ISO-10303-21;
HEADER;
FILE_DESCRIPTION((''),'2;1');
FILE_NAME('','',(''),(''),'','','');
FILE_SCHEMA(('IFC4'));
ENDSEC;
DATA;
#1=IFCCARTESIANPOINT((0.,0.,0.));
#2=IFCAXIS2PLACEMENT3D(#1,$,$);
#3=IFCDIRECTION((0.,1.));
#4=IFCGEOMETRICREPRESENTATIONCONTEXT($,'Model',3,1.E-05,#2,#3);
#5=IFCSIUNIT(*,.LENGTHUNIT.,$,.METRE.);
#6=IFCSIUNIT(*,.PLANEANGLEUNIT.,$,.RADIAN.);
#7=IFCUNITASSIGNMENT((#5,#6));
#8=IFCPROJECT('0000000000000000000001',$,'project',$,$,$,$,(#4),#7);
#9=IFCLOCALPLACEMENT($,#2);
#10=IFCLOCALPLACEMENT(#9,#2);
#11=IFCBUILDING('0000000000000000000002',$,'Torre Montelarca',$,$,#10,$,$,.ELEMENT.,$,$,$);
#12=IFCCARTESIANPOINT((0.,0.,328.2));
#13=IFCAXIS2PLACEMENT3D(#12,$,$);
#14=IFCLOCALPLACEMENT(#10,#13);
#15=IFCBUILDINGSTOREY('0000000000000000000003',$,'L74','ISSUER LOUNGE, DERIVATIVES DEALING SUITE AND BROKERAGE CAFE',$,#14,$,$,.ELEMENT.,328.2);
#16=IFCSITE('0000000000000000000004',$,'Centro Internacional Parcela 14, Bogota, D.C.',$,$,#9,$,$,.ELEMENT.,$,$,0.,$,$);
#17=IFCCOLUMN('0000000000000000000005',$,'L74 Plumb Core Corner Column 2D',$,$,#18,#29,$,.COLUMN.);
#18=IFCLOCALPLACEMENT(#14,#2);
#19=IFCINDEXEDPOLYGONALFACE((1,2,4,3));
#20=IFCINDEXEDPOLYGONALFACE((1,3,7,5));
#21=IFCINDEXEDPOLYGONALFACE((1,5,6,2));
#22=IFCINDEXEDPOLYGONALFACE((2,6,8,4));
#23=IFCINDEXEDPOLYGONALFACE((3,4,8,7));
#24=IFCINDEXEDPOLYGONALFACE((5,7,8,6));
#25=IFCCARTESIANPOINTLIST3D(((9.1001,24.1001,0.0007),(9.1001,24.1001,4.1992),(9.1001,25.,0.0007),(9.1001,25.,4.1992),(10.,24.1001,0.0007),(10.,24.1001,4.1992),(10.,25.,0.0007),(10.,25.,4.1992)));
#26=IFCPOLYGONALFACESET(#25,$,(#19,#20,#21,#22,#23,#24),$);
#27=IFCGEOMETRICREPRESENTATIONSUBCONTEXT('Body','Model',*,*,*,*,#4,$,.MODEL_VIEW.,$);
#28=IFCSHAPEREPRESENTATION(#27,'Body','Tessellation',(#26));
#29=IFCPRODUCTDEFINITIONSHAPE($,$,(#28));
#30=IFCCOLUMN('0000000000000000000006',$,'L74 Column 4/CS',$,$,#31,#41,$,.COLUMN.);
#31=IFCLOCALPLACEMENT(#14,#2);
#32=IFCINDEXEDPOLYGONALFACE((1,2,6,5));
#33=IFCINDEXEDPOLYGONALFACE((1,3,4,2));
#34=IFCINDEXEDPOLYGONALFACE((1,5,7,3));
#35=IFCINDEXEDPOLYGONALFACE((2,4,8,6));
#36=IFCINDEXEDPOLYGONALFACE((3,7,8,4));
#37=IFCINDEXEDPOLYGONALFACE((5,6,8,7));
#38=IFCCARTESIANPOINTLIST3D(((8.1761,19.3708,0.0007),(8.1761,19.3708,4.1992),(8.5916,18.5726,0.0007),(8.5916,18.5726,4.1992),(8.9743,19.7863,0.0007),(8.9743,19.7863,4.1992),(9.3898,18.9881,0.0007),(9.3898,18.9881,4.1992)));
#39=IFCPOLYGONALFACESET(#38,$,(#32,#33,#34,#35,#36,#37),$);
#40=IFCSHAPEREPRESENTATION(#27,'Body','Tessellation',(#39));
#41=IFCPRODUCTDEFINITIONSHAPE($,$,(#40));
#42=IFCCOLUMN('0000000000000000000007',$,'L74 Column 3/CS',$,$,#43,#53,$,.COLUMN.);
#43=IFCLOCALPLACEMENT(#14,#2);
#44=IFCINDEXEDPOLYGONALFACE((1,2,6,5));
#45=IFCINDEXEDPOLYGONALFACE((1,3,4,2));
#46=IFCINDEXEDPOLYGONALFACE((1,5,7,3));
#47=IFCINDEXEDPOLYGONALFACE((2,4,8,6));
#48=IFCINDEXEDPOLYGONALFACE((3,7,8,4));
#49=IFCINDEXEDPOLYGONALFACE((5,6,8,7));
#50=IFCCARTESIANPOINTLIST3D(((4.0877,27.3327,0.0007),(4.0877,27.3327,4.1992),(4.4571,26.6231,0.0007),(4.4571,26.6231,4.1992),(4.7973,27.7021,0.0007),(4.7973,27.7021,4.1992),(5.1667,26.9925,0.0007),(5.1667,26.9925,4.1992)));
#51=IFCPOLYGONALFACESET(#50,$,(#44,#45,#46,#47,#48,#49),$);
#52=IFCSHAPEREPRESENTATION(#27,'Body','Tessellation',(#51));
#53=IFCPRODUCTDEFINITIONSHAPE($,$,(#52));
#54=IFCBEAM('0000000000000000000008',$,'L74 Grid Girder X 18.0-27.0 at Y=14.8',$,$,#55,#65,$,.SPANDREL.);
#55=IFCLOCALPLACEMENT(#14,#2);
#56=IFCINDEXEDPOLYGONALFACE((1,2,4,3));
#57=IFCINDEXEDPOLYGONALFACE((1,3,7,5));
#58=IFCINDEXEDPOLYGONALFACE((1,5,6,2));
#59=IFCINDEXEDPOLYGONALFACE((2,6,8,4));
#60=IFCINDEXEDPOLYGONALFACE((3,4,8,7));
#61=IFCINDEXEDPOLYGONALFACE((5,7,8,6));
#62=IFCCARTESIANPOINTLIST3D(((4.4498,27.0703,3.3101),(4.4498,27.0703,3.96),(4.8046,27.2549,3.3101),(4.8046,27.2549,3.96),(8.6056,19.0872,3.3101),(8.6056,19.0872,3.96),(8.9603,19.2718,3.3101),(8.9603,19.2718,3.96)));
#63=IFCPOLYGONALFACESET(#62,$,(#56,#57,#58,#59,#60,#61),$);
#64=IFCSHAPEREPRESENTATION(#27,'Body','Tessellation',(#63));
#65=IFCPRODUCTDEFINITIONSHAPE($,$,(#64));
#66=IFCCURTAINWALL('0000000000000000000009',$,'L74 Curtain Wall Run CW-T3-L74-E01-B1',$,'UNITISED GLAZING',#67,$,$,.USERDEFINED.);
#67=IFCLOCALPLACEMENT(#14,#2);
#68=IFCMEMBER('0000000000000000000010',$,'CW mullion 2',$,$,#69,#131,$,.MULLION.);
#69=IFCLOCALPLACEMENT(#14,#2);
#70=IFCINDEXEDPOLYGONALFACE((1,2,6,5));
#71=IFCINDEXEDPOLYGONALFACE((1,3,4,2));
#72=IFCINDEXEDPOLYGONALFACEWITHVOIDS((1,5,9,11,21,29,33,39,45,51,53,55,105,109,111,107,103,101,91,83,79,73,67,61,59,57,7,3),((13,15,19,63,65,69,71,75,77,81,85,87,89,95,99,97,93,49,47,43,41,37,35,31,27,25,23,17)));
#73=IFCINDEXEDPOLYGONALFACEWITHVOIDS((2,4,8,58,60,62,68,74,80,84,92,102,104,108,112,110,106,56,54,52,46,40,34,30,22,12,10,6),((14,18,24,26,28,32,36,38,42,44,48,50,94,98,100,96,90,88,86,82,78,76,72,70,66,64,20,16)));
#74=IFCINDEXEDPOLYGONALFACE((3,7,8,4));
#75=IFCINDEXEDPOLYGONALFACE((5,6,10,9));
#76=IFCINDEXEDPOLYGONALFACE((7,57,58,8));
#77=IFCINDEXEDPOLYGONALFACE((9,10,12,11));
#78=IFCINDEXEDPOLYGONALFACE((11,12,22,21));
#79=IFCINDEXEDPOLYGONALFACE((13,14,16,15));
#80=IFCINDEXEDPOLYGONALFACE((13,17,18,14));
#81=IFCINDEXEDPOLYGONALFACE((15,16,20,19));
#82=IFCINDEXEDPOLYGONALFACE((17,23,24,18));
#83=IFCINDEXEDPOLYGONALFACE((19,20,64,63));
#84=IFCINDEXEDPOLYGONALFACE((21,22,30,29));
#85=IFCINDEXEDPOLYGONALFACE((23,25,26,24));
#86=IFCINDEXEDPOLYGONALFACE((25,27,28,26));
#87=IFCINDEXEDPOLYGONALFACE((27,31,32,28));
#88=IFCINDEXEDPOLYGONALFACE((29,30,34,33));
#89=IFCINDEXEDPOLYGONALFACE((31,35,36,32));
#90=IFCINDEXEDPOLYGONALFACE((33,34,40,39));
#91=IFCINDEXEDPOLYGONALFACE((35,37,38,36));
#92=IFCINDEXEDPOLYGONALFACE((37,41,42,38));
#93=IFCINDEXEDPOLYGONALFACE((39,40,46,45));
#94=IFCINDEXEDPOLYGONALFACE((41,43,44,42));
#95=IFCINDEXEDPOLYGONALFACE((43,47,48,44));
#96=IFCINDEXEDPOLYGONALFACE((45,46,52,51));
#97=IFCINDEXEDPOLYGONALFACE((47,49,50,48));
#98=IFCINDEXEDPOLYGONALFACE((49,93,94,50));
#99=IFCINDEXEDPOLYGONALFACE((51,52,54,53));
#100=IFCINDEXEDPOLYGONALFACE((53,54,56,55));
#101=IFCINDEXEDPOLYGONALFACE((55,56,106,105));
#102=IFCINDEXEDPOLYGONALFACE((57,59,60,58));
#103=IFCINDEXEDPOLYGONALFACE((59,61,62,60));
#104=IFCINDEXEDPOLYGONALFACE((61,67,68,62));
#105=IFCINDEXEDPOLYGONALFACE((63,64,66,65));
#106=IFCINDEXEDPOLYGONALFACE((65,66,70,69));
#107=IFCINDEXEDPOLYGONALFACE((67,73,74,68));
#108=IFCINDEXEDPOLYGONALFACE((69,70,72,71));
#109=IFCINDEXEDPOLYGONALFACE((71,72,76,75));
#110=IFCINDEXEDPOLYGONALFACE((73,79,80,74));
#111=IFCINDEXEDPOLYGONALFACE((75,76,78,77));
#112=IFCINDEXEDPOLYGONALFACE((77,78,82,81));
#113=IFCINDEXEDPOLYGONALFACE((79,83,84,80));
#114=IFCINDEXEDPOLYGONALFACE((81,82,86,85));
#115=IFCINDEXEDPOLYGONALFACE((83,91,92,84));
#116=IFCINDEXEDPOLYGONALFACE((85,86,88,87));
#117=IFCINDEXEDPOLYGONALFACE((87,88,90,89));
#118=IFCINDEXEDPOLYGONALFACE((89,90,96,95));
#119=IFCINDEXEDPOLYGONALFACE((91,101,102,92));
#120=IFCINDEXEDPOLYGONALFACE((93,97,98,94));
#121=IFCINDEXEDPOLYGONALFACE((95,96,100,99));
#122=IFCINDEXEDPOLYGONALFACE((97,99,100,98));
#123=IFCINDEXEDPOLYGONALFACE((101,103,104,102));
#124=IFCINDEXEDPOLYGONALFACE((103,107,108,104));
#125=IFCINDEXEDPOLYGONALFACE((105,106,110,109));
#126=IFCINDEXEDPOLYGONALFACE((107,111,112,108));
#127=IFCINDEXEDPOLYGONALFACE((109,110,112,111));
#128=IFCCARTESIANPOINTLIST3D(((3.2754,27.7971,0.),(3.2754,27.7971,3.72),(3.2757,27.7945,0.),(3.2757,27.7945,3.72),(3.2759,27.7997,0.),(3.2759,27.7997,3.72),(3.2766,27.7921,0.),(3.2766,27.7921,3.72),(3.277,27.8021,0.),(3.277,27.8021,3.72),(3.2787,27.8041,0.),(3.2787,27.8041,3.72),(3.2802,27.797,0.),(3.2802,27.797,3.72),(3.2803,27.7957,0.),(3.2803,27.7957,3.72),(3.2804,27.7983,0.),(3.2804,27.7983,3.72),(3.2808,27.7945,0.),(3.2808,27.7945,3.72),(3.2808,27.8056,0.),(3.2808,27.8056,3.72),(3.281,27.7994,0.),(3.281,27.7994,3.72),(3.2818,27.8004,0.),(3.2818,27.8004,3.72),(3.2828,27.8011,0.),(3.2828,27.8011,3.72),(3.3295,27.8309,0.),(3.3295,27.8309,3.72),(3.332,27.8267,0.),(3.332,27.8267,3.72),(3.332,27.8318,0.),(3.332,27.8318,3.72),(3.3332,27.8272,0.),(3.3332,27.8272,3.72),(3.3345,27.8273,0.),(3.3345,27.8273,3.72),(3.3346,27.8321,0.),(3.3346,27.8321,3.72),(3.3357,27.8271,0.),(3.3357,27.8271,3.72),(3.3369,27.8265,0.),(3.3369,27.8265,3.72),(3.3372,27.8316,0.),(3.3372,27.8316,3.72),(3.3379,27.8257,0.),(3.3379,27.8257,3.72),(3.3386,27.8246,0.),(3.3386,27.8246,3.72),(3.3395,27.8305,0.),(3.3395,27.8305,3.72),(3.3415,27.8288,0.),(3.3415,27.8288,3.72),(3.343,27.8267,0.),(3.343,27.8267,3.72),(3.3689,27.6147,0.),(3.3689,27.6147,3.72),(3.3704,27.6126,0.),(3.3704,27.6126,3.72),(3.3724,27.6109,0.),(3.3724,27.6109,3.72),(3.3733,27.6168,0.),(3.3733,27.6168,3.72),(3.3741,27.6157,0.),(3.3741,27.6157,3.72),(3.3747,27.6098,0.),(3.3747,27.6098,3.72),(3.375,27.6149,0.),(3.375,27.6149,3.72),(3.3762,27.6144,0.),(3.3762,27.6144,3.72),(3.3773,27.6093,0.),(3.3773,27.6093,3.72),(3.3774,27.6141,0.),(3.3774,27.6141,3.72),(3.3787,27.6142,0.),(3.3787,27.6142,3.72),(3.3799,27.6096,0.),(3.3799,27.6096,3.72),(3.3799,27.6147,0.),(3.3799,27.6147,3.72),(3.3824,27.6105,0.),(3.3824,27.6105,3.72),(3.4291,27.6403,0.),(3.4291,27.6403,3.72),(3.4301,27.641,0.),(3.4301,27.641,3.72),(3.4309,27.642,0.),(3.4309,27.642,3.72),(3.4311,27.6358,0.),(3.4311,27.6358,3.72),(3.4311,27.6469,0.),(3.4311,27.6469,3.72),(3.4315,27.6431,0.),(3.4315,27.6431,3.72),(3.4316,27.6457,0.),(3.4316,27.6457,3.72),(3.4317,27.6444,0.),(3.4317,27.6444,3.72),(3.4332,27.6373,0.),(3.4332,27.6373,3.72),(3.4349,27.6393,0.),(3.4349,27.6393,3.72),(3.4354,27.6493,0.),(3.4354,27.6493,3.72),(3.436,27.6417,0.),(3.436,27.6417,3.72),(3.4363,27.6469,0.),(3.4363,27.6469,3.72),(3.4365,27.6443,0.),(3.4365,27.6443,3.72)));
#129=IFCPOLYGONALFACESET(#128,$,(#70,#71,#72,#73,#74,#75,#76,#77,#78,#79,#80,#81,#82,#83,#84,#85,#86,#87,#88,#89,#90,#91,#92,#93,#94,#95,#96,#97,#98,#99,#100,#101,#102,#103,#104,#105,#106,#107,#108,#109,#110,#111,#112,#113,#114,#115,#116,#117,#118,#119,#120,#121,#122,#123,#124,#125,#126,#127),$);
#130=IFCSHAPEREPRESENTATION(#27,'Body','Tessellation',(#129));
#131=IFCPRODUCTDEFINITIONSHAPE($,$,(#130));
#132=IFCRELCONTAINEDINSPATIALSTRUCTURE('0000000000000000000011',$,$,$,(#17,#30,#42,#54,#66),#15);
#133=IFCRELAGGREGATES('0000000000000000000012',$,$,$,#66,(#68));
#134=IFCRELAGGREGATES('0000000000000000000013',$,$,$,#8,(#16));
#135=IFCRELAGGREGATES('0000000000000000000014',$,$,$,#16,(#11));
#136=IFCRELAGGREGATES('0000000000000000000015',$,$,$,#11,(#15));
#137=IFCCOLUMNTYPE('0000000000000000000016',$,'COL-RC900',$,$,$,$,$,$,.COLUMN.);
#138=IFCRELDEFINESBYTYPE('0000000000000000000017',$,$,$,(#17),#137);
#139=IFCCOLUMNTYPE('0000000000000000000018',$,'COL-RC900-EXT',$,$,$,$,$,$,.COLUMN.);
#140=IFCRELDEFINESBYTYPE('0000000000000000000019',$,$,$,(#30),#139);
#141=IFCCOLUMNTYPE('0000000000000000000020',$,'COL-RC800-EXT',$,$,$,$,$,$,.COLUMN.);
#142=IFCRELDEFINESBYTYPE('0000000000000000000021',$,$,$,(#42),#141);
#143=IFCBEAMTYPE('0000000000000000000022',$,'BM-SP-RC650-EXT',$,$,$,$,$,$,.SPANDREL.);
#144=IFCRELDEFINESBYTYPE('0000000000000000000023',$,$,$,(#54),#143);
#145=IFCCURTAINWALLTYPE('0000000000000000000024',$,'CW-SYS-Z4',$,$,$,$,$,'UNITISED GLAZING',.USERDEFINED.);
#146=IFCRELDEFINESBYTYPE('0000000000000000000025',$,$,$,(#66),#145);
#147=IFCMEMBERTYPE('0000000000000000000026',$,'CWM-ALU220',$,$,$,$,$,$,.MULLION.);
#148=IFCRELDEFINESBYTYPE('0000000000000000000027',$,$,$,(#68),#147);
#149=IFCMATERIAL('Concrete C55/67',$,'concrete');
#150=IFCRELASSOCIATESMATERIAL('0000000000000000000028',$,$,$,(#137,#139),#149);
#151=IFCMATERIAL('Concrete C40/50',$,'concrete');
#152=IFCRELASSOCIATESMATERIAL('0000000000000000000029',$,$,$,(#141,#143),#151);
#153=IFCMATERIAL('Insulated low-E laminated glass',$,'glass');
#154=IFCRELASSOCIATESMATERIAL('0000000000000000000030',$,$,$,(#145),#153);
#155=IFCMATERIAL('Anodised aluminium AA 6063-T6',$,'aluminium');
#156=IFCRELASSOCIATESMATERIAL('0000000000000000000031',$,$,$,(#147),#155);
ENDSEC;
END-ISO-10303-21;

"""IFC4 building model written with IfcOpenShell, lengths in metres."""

from ifc_helpers import new_model, si_unit, direction, frame, origin, origin_2d, place, context, subcontext, project, spatial, rectangle, hollow_rectangle, extrude, source, transform, mapped, material, material_profile, profile_set, type_object, element, aggregate, save


model = new_model("IFC4")

# Units and contexts
model_context = context("Model", 3, precision=1e-05, world=origin(), true_north=direction((0.0, 1.0)))
body_context = subcontext(model_context, "Body", "Model", "MODEL_VIEW")
ifc_project = project(units=[si_unit("LENGTHUNIT", "METRE"), si_unit("PLANEANGLEUNIT", "RADIAN")], contexts=[model_context])

# Site, building, storey
site_placement = place(None, origin())
site = spatial("IfcSite", under=ifc_project, at=site_placement, Name="Centro Internacional Parcela 14, Bogota, D.C.", CompositionType="ELEMENT", RefElevation=0.0)
building_placement = place(site_placement, origin())
building = spatial("IfcBuilding", under=site, at=building_placement, Name="Torre Montelarca", CompositionType="ELEMENT")
storey_placement = place(building_placement, frame((0.0, 0.0, 328.2)))
storey = spatial("IfcBuildingStorey", under=building, at=storey_placement, Name="L74", Description="ISSUER LOUNGE, DERIVATIVES DEALING SUITE AND BROKERAGE CAFE", CompositionType="ELEMENT", Elevation=328.2)

# Columns
ifc_material_1 = material(Name="Concrete C55/67", Category="concrete")
ifc_material_profile_1 = material_profile(ifc_material_1, rectangle(XDim=0.8999, YDim=0.8999, at=origin_2d()), Name="RC900X900", Category="concrete")
ifc_profile_set_1 = profile_set([ifc_material_profile_1], Name="Concrete C55/67")
column_type_1 = type_object("IfcColumnType", Name="COL-RC900", PredefinedType="COLUMN", material=ifc_profile_set_1)
shared_shape_1 = source(origin(), body_context, "Body", "SweptSolid", [
    extrude(rectangle(XDim=0.8999, YDim=0.8999, at=origin_2d()), origin(), (0.0, 0.0, 1.0), 4.1985),
])
column_1_placement = place(storey_placement, frame((9.55, 24.55, 0.0007), z_axis=(0.0, 0.0, 1.0), x_axis=(1.0, 0.0, 0.0)))
element("IfcColumn", 1, at=column_1_placement, inside=storey, type_object=column_type_1, Name="L74 Plumb Core Corner Column 2D", PredefinedType="COLUMN", context=body_context, shape_type="MappedRepresentation", body=[
    mapped(shared_shape_1, transform((0.0, 0.0, 0.0), scale=1.0)),
])
ifc_material_profile_2 = material_profile(ifc_material_1, rectangle(XDim=0.8999, YDim=0.8999, at=origin_2d()), Name="RC900X900", Category="concrete")
ifc_profile_set_2 = profile_set([ifc_material_profile_2], Name="Concrete C55/67")
column_type_2 = type_object("IfcColumnType", Name="COL-RC900-EXT", PredefinedType="COLUMN", material=ifc_profile_set_2)
shared_shape_2 = source(origin(), body_context, "Body", "SweptSolid", [
    extrude(rectangle(XDim=0.8999, YDim=0.8999, at=origin_2d()), origin(), (0.0, 0.0, 1.0), 4.1985),
])
column_2_placement = place(storey_placement, frame((8.783, 19.1794, 0.0007), z_axis=(0.0, 0.0, 1.0), x_axis=(-0.461749, 0.887011, 0.0)))
element("IfcColumn", 2, at=column_2_placement, inside=storey, type_object=column_type_2, Name="L74 Column 4/CS", PredefinedType="COLUMN", context=body_context, shape_type="MappedRepresentation", body=[
    mapped(shared_shape_2, transform((0.0, 0.0, 0.0), scale=1.0)),
])
ifc_material_2 = material(Name="Concrete C40/50", Category="concrete")
ifc_material_profile_3 = material_profile(ifc_material_2, rectangle(XDim=0.8, YDim=0.8, at=origin_2d()), Name="RC800X800", Category="concrete")
ifc_profile_set_3 = profile_set([ifc_material_profile_3], Name="Concrete C40/50")
column_type_3 = type_object("IfcColumnType", Name="COL-RC800-EXT", PredefinedType="COLUMN", material=ifc_profile_set_3)
shared_shape_3 = source(origin(), body_context, "Body", "SweptSolid", [
    extrude(rectangle(XDim=0.8, YDim=0.8, at=origin_2d()), origin(), (0.0, 0.0, 1.0), 4.1985),
])
column_3_placement = place(storey_placement, frame((4.6272, 27.1626, 0.0007), z_axis=(0.0, 0.0, 1.0), x_axis=(-0.461749, 0.887011, 0.0)))
element("IfcColumn", 3, at=column_3_placement, inside=storey, type_object=column_type_3, Name="L74 Column 3/CS", PredefinedType="COLUMN", context=body_context, shape_type="MappedRepresentation", body=[
    mapped(shared_shape_3, transform((0.0, 0.0, 0.0), scale=1.0)),
])

# Beam
ifc_material_profile_4 = material_profile(ifc_material_2, rectangle(XDim=0.3999, YDim=0.6499, at=origin_2d()), Name="RCB400X650", Category="concrete")
ifc_profile_set_4 = profile_set([ifc_material_profile_4], Name="Concrete C40/50")
beam_type = type_object("IfcBeamType", Name="BM-SP-RC650-EXT", PredefinedType="SPANDREL", material=ifc_profile_set_4)
shared_shape_4 = source(origin(), body_context, "Body", "SweptSolid", [
    extrude(rectangle(XDim=0.3999, YDim=0.6499, at=origin_2d()), origin(), (0.0, 0.0, 1.0), 9.0),
])
beam_placement = place(storey_placement, frame((4.6272, 27.1626, 3.635), z_axis=(0.461748, -0.887011, 0.0), x_axis=(0.887011, 0.461748, 0.0)))
element("IfcBeam", 4, at=beam_placement, inside=storey, type_object=beam_type, Name="L74 Grid Girder X 18.0-27.0 at Y=14.8", PredefinedType="SPANDREL", context=body_context, shape_type="MappedRepresentation", body=[
    mapped(shared_shape_4, transform((0.0, 0.0, 0.0), scale=1.0)),
])

# Curtain wall, member
ifc_material_3 = material(Name="Insulated low-E laminated glass", Category="glass")
curtain_wall_type = type_object("IfcCurtainWallType", Name="CW-SYS-Z4", ElementType="UNITISED GLAZING", PredefinedType="USERDEFINED", material=ifc_material_3)
curtain_wall_1_placement = place(storey_placement, origin())
curtain_wall_1 = element("IfcCurtainWall", 5, at=curtain_wall_1_placement, inside=storey, type_object=curtain_wall_type, Name="L74 Curtain Wall Run CW-T3-L74-E01-B1", ObjectType="UNITISED GLAZING", PredefinedType="USERDEFINED")
ifc_material_4 = material(Name="Anodised aluminium AA 6063-T6", Category="aluminium")
ifc_material_profile_5 = material_profile(ifc_material_4, hollow_rectangle(XDim=0.075, YDim=0.22, WallThickness=0.0049, InnerFilletRadius=0.0049, OuterFilletRadius=0.01, at=origin_2d()), Name="ALU75X220X5", Category="aluminium")
ifc_profile_set_5 = profile_set([ifc_material_profile_5], Name="Anodised aluminium AA 6063-T6")
member_type_1 = type_object("IfcMemberType", Name="CWM-ALU220", PredefinedType="MULLION", material=ifc_profile_set_5)
shared_shape_5 = source(origin(), body_context, "Body", "SweptSolid", [
    extrude(hollow_rectangle(XDim=0.075, YDim=0.22, WallThickness=0.0049, InnerFilletRadius=0.0049, OuterFilletRadius=0.01, at=origin_2d()), origin(), (0.0, 0.0, 1.0), 3.72),
])
member_1_placement = place(storey_placement, frame((3.356, 27.7207, 0.0), z_axis=(0.0, 0.0, 1.0), x_axis=(0.887011, 0.461747, 0.0)))
member_1 = element("IfcMember", 6, at=member_1_placement, type_object=member_type_1, Name="CW mullion 2", PredefinedType="MULLION", context=body_context, shape_type="MappedRepresentation", body=[
    mapped(shared_shape_5, transform((0.0, 0.0, 0.0), scale=1.0)),
])

aggregate(curtain_wall_1, [member_1])

save(model, "model.ifc")
